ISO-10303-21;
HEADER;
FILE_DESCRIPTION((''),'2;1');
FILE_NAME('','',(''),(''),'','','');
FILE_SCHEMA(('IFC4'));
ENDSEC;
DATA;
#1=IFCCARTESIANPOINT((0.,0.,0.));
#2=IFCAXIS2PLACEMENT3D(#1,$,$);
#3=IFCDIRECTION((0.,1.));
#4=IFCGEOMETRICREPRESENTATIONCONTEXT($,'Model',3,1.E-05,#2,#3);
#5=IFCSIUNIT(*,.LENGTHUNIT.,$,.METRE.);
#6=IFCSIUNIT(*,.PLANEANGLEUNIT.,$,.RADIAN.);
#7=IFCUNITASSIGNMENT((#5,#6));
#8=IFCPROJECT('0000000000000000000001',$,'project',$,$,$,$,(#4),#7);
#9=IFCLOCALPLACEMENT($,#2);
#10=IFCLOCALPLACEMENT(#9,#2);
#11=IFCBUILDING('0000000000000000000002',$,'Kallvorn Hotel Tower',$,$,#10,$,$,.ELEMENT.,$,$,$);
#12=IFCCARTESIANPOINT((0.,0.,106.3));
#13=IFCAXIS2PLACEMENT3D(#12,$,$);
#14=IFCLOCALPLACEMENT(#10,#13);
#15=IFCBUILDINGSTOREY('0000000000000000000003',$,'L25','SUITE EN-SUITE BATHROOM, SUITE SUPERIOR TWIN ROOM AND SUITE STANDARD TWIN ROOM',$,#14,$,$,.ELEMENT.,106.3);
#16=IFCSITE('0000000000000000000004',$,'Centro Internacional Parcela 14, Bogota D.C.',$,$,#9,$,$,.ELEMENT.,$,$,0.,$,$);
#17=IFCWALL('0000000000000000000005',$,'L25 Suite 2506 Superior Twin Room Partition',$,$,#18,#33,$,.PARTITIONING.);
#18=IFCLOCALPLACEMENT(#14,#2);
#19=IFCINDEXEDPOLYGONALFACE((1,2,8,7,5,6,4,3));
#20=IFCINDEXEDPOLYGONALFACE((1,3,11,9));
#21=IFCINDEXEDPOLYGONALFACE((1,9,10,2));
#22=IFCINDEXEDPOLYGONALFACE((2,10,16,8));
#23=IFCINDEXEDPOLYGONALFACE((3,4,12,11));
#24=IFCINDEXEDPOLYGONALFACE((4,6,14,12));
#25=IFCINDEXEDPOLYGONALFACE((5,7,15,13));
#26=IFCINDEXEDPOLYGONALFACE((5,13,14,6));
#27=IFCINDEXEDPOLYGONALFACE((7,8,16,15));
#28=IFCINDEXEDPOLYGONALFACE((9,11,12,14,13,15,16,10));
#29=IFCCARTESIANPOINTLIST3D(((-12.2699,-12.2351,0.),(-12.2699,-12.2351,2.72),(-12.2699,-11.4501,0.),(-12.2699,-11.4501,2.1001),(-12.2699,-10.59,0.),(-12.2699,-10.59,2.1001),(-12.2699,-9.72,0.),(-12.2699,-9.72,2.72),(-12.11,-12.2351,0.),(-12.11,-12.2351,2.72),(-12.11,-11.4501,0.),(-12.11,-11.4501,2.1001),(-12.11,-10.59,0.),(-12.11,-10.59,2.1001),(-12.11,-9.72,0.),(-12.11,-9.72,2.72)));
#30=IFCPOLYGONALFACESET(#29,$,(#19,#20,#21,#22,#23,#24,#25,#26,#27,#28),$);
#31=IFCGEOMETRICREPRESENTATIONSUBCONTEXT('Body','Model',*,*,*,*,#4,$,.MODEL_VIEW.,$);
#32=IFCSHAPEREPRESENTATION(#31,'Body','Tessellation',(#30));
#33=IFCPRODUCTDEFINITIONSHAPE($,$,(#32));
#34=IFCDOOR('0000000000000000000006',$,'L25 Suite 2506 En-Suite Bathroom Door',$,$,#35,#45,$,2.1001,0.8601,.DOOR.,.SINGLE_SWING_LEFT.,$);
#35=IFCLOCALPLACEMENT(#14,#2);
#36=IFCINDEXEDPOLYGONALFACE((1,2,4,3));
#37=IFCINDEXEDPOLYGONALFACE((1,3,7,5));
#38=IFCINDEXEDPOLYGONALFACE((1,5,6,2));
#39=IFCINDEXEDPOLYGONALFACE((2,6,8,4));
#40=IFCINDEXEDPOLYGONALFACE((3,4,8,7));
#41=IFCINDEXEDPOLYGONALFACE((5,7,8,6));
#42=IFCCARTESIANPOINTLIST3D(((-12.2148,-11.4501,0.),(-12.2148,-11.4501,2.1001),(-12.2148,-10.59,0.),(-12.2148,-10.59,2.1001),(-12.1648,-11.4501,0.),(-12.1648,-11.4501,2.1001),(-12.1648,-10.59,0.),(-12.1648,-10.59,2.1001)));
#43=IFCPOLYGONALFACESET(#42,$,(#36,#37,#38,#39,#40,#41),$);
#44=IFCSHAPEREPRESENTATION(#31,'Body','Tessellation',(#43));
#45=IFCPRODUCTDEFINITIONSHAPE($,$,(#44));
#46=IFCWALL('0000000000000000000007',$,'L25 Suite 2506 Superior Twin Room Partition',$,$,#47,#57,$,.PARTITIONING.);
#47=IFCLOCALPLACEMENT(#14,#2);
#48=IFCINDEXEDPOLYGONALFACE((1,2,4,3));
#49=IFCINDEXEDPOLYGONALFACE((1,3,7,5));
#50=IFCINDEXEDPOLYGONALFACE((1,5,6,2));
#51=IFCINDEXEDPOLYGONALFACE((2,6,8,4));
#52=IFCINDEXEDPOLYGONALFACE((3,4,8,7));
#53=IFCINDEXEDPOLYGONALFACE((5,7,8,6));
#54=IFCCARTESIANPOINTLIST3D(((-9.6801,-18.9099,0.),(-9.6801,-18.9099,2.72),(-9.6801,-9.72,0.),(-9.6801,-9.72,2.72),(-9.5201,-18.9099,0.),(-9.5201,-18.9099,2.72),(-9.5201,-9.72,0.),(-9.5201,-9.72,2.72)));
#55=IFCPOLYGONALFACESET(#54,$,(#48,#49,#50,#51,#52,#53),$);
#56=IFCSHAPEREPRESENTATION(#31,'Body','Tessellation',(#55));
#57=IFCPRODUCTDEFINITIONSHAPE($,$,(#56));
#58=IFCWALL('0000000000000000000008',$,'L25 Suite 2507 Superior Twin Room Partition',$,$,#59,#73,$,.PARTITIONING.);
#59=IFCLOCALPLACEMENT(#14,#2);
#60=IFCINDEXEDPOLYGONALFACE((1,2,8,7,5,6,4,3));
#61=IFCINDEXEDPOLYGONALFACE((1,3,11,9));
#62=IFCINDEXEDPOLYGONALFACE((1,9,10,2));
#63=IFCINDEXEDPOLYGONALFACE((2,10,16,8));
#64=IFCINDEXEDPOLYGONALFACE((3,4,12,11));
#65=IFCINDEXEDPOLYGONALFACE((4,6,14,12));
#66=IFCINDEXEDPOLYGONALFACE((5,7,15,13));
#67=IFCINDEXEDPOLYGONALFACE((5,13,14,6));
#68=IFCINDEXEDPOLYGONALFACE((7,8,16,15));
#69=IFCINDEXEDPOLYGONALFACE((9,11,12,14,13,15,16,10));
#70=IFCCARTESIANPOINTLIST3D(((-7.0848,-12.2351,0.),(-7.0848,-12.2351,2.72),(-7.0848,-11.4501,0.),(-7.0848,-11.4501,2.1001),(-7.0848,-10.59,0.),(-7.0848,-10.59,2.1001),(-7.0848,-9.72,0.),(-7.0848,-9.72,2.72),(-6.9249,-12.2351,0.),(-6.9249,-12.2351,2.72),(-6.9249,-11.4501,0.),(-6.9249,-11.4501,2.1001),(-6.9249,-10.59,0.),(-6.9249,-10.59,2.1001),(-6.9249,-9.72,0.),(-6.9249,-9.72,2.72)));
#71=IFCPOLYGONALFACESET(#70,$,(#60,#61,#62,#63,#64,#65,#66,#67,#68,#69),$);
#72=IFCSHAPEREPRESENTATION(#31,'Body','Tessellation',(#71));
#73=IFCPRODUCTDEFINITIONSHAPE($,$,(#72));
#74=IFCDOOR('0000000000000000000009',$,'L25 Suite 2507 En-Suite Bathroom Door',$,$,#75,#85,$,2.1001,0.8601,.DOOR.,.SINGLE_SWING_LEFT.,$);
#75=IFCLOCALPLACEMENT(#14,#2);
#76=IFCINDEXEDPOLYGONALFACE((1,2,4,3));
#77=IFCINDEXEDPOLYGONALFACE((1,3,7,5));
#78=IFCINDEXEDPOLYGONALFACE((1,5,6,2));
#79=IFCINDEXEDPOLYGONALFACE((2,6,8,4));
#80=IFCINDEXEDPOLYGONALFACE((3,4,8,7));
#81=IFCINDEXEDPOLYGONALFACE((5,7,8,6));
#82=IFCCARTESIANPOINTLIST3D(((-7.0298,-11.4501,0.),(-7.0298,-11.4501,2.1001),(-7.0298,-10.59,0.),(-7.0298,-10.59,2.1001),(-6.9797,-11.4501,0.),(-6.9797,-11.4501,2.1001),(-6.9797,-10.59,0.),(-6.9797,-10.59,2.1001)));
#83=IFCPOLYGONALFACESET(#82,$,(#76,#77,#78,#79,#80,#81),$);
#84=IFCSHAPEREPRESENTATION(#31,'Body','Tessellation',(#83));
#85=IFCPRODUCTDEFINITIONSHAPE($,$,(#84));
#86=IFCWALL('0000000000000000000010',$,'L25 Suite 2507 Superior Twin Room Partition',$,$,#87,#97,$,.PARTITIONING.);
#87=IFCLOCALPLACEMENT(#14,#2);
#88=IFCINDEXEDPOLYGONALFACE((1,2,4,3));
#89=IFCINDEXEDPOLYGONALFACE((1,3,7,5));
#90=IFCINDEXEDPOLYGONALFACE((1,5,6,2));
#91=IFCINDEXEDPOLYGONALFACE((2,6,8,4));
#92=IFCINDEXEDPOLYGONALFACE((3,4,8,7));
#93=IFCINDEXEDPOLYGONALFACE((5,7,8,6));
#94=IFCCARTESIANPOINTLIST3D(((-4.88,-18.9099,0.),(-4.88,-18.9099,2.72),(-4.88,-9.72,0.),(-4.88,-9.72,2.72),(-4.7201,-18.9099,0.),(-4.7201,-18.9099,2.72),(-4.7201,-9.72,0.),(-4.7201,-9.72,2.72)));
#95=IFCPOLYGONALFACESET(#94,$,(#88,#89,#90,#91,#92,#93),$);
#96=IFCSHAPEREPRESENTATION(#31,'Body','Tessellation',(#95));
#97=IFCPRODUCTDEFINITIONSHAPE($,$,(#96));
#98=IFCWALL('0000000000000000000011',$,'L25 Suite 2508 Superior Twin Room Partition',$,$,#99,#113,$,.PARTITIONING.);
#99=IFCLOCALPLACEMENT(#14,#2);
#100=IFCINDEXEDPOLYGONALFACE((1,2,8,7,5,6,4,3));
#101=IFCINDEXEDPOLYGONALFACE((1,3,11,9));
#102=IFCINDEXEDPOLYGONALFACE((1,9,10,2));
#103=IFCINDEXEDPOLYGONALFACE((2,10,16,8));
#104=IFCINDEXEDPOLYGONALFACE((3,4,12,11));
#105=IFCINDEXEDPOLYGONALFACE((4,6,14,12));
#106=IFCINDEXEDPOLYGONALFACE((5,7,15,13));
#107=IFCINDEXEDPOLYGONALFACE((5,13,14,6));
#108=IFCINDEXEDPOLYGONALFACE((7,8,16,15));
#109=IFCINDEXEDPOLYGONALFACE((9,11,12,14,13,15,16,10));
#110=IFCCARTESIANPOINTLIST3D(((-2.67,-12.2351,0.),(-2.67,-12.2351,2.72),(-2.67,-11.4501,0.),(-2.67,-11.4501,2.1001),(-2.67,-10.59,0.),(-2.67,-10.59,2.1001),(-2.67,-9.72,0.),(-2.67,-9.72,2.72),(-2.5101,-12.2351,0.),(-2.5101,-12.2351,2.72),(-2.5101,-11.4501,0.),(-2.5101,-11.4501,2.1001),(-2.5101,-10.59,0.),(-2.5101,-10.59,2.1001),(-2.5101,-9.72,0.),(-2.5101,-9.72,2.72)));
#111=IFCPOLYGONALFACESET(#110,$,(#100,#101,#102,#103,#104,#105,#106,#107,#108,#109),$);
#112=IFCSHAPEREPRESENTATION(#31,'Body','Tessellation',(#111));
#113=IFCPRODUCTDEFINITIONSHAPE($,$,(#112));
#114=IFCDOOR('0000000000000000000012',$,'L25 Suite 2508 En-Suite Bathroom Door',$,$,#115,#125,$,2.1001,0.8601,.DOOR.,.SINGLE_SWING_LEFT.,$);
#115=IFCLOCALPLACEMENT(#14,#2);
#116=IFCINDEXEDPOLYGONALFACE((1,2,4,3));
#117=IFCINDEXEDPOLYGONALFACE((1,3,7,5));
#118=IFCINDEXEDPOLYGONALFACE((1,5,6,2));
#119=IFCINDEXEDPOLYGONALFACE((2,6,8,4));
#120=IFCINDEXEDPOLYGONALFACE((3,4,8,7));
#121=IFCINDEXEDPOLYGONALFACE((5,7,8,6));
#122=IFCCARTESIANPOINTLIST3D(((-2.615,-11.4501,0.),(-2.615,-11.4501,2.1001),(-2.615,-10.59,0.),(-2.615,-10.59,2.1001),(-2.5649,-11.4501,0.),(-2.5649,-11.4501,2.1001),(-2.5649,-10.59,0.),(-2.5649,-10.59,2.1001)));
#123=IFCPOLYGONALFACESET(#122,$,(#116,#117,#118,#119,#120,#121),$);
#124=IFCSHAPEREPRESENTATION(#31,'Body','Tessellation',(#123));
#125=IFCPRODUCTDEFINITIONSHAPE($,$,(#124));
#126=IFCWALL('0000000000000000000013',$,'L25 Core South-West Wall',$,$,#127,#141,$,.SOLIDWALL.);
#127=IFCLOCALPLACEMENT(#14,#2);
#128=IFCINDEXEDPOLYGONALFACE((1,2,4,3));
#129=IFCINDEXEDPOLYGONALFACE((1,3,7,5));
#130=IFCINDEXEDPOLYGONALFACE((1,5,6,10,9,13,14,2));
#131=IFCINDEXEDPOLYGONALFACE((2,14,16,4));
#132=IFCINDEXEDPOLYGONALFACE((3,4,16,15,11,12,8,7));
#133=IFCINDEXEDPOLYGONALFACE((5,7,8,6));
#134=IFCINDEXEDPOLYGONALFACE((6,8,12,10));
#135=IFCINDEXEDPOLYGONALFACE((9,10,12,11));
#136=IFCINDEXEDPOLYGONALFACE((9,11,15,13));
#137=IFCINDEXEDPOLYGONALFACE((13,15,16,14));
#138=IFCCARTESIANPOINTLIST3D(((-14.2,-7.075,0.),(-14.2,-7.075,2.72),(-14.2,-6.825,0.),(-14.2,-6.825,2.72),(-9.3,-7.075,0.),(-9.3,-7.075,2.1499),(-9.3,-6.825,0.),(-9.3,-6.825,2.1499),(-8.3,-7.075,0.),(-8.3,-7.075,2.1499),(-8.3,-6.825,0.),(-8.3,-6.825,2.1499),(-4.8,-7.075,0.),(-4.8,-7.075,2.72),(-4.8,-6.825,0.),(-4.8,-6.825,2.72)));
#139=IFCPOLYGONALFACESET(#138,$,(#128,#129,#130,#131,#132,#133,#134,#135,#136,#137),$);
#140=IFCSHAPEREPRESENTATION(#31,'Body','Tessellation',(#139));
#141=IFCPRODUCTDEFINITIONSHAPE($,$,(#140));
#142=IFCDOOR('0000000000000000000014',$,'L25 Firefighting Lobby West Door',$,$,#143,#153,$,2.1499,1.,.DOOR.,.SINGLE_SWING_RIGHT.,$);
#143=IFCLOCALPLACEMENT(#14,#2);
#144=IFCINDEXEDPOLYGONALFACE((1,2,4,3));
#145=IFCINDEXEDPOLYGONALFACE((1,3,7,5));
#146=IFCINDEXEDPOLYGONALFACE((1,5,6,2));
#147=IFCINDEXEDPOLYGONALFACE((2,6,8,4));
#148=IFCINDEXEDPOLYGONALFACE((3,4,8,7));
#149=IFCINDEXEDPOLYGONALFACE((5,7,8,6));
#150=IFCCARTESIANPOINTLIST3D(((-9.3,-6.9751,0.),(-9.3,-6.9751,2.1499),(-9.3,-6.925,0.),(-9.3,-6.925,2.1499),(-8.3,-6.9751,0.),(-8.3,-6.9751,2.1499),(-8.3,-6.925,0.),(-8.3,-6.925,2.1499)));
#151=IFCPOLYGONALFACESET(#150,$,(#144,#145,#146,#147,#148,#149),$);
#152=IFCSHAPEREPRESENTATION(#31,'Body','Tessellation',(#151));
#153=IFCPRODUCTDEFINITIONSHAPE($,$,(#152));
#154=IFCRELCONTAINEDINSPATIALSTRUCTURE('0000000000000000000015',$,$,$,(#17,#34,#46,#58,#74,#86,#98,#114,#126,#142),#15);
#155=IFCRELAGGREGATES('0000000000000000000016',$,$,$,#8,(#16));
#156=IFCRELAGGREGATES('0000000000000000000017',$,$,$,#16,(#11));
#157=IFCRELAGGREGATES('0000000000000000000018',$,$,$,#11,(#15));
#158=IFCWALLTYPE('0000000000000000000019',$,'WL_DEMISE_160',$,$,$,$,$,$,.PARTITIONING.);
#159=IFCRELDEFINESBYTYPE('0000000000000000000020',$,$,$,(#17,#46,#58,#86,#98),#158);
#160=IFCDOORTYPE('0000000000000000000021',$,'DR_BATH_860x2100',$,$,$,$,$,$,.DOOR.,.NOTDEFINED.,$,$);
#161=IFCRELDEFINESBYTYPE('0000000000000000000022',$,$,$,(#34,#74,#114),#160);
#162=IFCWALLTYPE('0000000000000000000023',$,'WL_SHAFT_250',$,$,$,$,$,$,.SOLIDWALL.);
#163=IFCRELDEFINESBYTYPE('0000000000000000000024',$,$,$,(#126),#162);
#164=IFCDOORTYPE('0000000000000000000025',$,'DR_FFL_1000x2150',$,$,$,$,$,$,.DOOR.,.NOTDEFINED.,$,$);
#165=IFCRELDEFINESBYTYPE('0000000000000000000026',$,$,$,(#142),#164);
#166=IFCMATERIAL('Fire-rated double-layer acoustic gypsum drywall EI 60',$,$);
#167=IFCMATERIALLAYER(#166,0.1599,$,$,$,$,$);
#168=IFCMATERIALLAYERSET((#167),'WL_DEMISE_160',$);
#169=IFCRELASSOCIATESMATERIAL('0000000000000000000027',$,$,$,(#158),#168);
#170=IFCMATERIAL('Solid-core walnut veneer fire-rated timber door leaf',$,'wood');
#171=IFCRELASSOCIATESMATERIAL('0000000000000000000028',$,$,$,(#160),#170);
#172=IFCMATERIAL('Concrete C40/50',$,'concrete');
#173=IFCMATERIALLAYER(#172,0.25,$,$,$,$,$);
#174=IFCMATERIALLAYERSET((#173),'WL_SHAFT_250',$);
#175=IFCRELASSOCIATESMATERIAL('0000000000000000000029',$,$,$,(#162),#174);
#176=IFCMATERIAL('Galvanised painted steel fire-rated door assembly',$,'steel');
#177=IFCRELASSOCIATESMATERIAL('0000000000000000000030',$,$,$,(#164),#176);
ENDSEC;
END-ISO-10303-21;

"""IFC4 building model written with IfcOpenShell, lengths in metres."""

from ifc_helpers import new_model, si_unit, direction, frame, frame_2d, origin, place, context, subcontext, project, spatial, rectangle, extrude, material, layer, layer_set, type_object, element, fill, save


model = new_model("IFC4")

# Units and contexts
model_context = context("Model", 3, precision=1e-05, world=origin(), true_north=direction((0.0, 1.0)))
body_context = subcontext(model_context, "Body", "Model", "MODEL_VIEW")
ifc_project = project(units=[si_unit("LENGTHUNIT", "METRE"), si_unit("PLANEANGLEUNIT", "RADIAN")], contexts=[model_context])

# Site, building, storey
site_placement = place(None, origin())
site = spatial("IfcSite", under=ifc_project, at=site_placement, Name="Centro Internacional Parcela 14, Bogota D.C.", CompositionType="ELEMENT", RefElevation=0.0)
building_placement = place(site_placement, origin())
building = spatial("IfcBuilding", under=site, at=building_placement, Name="Kallvorn Hotel Tower", CompositionType="ELEMENT")
storey_placement = place(building_placement, frame((0.0, 0.0, 106.3)))
storey = spatial("IfcBuildingStorey", under=building, at=storey_placement, Name="L25", Description="SUITE EN-SUITE BATHROOM, SUITE SUPERIOR TWIN ROOM AND SUITE STANDARD TWIN ROOM", CompositionType="ELEMENT", Elevation=106.3)

# Shared definitions
ifc_material_1 = material(Name="Fire-rated double-layer acoustic gypsum drywall EI 60")
ifc_layer_1 = layer(ifc_material_1, 0.1599)
ifc_layer_set_1 = layer_set([ifc_layer_1], Name="WL_DEMISE_160")
wall_type_1 = type_object("IfcWallType", Name="WL_DEMISE_160", PredefinedType="PARTITIONING", material=ifc_layer_set_1)

# Wall, opening, door
wall_1_placement = place(storey_placement, frame((-12.1899, -12.2351, 0.0), z_axis=(0.0, 0.0, 1.0), x_axis=(0.0, 1.0, 0.0)))
wall_1 = element("IfcWall", 1, at=wall_1_placement, inside=storey, type_object=wall_type_1, Name="L25 Suite 2506 Superior Twin Room Partition", PredefinedType="PARTITIONING", context=body_context, shape_type="SweptSolid", body=[
    extrude(rectangle(XDim=2.5151, YDim=0.1599, at=frame_2d((1.2576, 0.0))), origin(), (0.0, 0.0, 1.0), 2.72),
])
opening_1_placement = place(wall_1_placement, frame((0.7849, 0.0, 0.0)))
opening_1 = element("IfcOpeningElement", 2, at=opening_1_placement, cuts=wall_1, PredefinedType="OPENING", context=body_context, shape_type="SweptSolid", body=[
    extrude(rectangle(XDim=0.8601, YDim=2.1001, at=frame_2d((0.4302, 1.05))), frame((0.0, 0.095, 0.0), z_axis=(0.0, -1.0, 0.0), x_axis=(1.0, 0.0, 0.0)), (0.0, 0.0, 1.0), 0.1899),
])
ifc_material_2 = material(Name="Solid-core walnut veneer fire-rated timber door leaf", Category="wood")
door_type_1 = type_object("IfcDoorType", Name="DR_BATH_860x2100", OperationType="NOTDEFINED", PredefinedType="DOOR", material=ifc_material_2)
door_1_placement = place(opening_1_placement, origin())
door_1 = element("IfcDoor", 3, at=door_1_placement, inside=storey, type_object=door_type_1, Name="L25 Suite 2506 En-Suite Bathroom Door", OperationType="SINGLE_SWING_LEFT", OverallHeight=2.1001, OverallWidth=0.8601, PredefinedType="DOOR", context=body_context, shape_type="SweptSolid", body=[
    extrude(rectangle(XDim=0.8601, YDim=2.1001, at=frame_2d((0.4302, 1.05))), frame((0.0, 0.0249, 0.0), z_axis=(0.0, -1.0, 0.0), x_axis=(1.0, 0.0, 0.0)), (0.0, 0.0, 1.0), 0.05),
])
fill(opening_1, door_1)

# Wall
wall_2_placement = place(storey_placement, frame((-9.6001, -18.9099, 0.0), z_axis=(0.0, 0.0, 1.0), x_axis=(0.0, 1.0, 0.0)))
element("IfcWall", 4, at=wall_2_placement, inside=storey, type_object=wall_type_1, Name="L25 Suite 2506 Superior Twin Room Partition", PredefinedType="PARTITIONING", context=body_context, shape_type="SweptSolid", body=[
    extrude(rectangle(XDim=9.1899, YDim=0.1599, at=frame_2d((4.595, 0.0))), origin(), (0.0, 0.0, 1.0), 2.72),
])

# Wall, opening, door
wall_3_placement = place(storey_placement, frame((-7.0049, -12.2351, 0.0), z_axis=(0.0, 0.0, 1.0), x_axis=(0.0, 1.0, 0.0)))
wall_3 = element("IfcWall", 5, at=wall_3_placement, inside=storey, type_object=wall_type_1, Name="L25 Suite 2507 Superior Twin Room Partition", PredefinedType="PARTITIONING", context=body_context, shape_type="SweptSolid", body=[
    extrude(rectangle(XDim=2.5151, YDim=0.1599, at=frame_2d((1.2576, 0.0))), origin(), (0.0, 0.0, 1.0), 2.72),
])
opening_2_placement = place(wall_3_placement, frame((0.7849, 0.0, 0.0)))
opening_2 = element("IfcOpeningElement", 6, at=opening_2_placement, cuts=wall_3, PredefinedType="OPENING", context=body_context, shape_type="SweptSolid", body=[
    extrude(rectangle(XDim=0.8601, YDim=2.1001, at=frame_2d((0.4302, 1.05))), frame((0.0, 0.095, 0.0), z_axis=(0.0, -1.0, 0.0), x_axis=(1.0, 0.0, 0.0)), (0.0, 0.0, 1.0), 0.1899),
])
door_2_placement = place(opening_2_placement, origin())
door_2 = element("IfcDoor", 7, at=door_2_placement, inside=storey, type_object=door_type_1, Name="L25 Suite 2507 En-Suite Bathroom Door", OperationType="SINGLE_SWING_LEFT", OverallHeight=2.1001, OverallWidth=0.8601, PredefinedType="DOOR", context=body_context, shape_type="SweptSolid", body=[
    extrude(rectangle(XDim=0.8601, YDim=2.1001, at=frame_2d((0.4302, 1.05))), frame((0.0, 0.0249, 0.0), z_axis=(0.0, -1.0, 0.0), x_axis=(1.0, 0.0, 0.0)), (0.0, 0.0, 1.0), 0.05),
])
fill(opening_2, door_2)

# Wall
wall_4_placement = place(storey_placement, frame((-4.8, -18.9099, 0.0), z_axis=(0.0, 0.0, 1.0), x_axis=(0.0, 1.0, 0.0)))
element("IfcWall", 8, at=wall_4_placement, inside=storey, type_object=wall_type_1, Name="L25 Suite 2507 Superior Twin Room Partition", PredefinedType="PARTITIONING", context=body_context, shape_type="SweptSolid", body=[
    extrude(rectangle(XDim=9.1899, YDim=0.1599, at=frame_2d((4.595, 0.0))), origin(), (0.0, 0.0, 1.0), 2.72),
])

# Walls, openings, doors
wall_5_placement = place(storey_placement, frame((-2.5901, -12.2351, 0.0), z_axis=(0.0, 0.0, 1.0), x_axis=(0.0, 1.0, 0.0)))
wall_5 = element("IfcWall", 9, at=wall_5_placement, inside=storey, type_object=wall_type_1, Name="L25 Suite 2508 Superior Twin Room Partition", PredefinedType="PARTITIONING", context=body_context, shape_type="SweptSolid", body=[
    extrude(rectangle(XDim=2.5151, YDim=0.1599, at=frame_2d((1.2576, 0.0))), origin(), (0.0, 0.0, 1.0), 2.72),
])
opening_3_placement = place(wall_5_placement, frame((0.7849, 0.0, 0.0)))
opening_3 = element("IfcOpeningElement", 10, at=opening_3_placement, cuts=wall_5, PredefinedType="OPENING", context=body_context, shape_type="SweptSolid", body=[
    extrude(rectangle(XDim=0.8601, YDim=2.1001, at=frame_2d((0.4302, 1.05))), frame((0.0, 0.095, 0.0), z_axis=(0.0, -1.0, 0.0), x_axis=(1.0, 0.0, 0.0)), (0.0, 0.0, 1.0), 0.1899),
])
door_3_placement = place(opening_3_placement, origin())
door_3 = element("IfcDoor", 11, at=door_3_placement, inside=storey, type_object=door_type_1, Name="L25 Suite 2508 En-Suite Bathroom Door", OperationType="SINGLE_SWING_LEFT", OverallHeight=2.1001, OverallWidth=0.8601, PredefinedType="DOOR", context=body_context, shape_type="SweptSolid", body=[
    extrude(rectangle(XDim=0.8601, YDim=2.1001, at=frame_2d((0.4302, 1.05))), frame((0.0, 0.0249, 0.0), z_axis=(0.0, -1.0, 0.0), x_axis=(1.0, 0.0, 0.0)), (0.0, 0.0, 1.0), 0.05),
])
fill(opening_3, door_3)
ifc_material_3 = material(Name="Concrete C40/50", Category="concrete")
ifc_layer_2 = layer(ifc_material_3, 0.25)
ifc_layer_set_2 = layer_set([ifc_layer_2], Name="WL_SHAFT_250")
wall_type_2 = type_object("IfcWallType", Name="WL_SHAFT_250", PredefinedType="SOLIDWALL", material=ifc_layer_set_2)
wall_6_placement = place(storey_placement, frame((-14.2, -6.95, 0.0), z_axis=(0.0, 0.0, 1.0), x_axis=(1.0, 0.0, 0.0)))
wall_6 = element("IfcWall", 12, at=wall_6_placement, inside=storey, type_object=wall_type_2, Name="L25 Core South-West Wall", PredefinedType="SOLIDWALL", context=body_context, shape_type="SweptSolid", body=[
    extrude(rectangle(XDim=9.3999, YDim=0.25, at=frame_2d((4.7, 0.0))), origin(), (0.0, 0.0, 1.0), 2.72),
])
opening_4_placement = place(wall_6_placement, frame((4.8999, 0.0, 0.0)))
opening_4 = element("IfcOpeningElement", 13, at=opening_4_placement, cuts=wall_6, PredefinedType="OPENING", context=body_context, shape_type="SweptSolid", body=[
    extrude(rectangle(XDim=1.0, YDim=2.1499, at=frame_2d((0.5, 1.075))), frame((0.0, 0.1399, 0.0), z_axis=(0.0, -1.0, 0.0), x_axis=(1.0, 0.0, 0.0)), (0.0, 0.0, 1.0), 0.28),
])
ifc_material_4 = material(Name="Galvanised painted steel fire-rated door assembly", Category="steel")
door_type_2 = type_object("IfcDoorType", Name="DR_FFL_1000x2150", OperationType="NOTDEFINED", PredefinedType="DOOR", material=ifc_material_4)
door_4_placement = place(opening_4_placement, origin())
door_4 = element("IfcDoor", 14, at=door_4_placement, inside=storey, type_object=door_type_2, Name="L25 Firefighting Lobby West Door", OperationType="SINGLE_SWING_RIGHT", OverallHeight=2.1499, OverallWidth=1.0, PredefinedType="DOOR", context=body_context, shape_type="SweptSolid", body=[
    extrude(rectangle(XDim=1.0, YDim=2.1499, at=frame_2d((0.5, 1.075))), frame((0.0, 0.0249, 0.0), z_axis=(0.0, -1.0, 0.0), x_axis=(1.0, 0.0, 0.0)), (0.0, 0.0, 1.0), 0.05),
])
fill(opening_4, door_4)

save(model, "model.ifc")
